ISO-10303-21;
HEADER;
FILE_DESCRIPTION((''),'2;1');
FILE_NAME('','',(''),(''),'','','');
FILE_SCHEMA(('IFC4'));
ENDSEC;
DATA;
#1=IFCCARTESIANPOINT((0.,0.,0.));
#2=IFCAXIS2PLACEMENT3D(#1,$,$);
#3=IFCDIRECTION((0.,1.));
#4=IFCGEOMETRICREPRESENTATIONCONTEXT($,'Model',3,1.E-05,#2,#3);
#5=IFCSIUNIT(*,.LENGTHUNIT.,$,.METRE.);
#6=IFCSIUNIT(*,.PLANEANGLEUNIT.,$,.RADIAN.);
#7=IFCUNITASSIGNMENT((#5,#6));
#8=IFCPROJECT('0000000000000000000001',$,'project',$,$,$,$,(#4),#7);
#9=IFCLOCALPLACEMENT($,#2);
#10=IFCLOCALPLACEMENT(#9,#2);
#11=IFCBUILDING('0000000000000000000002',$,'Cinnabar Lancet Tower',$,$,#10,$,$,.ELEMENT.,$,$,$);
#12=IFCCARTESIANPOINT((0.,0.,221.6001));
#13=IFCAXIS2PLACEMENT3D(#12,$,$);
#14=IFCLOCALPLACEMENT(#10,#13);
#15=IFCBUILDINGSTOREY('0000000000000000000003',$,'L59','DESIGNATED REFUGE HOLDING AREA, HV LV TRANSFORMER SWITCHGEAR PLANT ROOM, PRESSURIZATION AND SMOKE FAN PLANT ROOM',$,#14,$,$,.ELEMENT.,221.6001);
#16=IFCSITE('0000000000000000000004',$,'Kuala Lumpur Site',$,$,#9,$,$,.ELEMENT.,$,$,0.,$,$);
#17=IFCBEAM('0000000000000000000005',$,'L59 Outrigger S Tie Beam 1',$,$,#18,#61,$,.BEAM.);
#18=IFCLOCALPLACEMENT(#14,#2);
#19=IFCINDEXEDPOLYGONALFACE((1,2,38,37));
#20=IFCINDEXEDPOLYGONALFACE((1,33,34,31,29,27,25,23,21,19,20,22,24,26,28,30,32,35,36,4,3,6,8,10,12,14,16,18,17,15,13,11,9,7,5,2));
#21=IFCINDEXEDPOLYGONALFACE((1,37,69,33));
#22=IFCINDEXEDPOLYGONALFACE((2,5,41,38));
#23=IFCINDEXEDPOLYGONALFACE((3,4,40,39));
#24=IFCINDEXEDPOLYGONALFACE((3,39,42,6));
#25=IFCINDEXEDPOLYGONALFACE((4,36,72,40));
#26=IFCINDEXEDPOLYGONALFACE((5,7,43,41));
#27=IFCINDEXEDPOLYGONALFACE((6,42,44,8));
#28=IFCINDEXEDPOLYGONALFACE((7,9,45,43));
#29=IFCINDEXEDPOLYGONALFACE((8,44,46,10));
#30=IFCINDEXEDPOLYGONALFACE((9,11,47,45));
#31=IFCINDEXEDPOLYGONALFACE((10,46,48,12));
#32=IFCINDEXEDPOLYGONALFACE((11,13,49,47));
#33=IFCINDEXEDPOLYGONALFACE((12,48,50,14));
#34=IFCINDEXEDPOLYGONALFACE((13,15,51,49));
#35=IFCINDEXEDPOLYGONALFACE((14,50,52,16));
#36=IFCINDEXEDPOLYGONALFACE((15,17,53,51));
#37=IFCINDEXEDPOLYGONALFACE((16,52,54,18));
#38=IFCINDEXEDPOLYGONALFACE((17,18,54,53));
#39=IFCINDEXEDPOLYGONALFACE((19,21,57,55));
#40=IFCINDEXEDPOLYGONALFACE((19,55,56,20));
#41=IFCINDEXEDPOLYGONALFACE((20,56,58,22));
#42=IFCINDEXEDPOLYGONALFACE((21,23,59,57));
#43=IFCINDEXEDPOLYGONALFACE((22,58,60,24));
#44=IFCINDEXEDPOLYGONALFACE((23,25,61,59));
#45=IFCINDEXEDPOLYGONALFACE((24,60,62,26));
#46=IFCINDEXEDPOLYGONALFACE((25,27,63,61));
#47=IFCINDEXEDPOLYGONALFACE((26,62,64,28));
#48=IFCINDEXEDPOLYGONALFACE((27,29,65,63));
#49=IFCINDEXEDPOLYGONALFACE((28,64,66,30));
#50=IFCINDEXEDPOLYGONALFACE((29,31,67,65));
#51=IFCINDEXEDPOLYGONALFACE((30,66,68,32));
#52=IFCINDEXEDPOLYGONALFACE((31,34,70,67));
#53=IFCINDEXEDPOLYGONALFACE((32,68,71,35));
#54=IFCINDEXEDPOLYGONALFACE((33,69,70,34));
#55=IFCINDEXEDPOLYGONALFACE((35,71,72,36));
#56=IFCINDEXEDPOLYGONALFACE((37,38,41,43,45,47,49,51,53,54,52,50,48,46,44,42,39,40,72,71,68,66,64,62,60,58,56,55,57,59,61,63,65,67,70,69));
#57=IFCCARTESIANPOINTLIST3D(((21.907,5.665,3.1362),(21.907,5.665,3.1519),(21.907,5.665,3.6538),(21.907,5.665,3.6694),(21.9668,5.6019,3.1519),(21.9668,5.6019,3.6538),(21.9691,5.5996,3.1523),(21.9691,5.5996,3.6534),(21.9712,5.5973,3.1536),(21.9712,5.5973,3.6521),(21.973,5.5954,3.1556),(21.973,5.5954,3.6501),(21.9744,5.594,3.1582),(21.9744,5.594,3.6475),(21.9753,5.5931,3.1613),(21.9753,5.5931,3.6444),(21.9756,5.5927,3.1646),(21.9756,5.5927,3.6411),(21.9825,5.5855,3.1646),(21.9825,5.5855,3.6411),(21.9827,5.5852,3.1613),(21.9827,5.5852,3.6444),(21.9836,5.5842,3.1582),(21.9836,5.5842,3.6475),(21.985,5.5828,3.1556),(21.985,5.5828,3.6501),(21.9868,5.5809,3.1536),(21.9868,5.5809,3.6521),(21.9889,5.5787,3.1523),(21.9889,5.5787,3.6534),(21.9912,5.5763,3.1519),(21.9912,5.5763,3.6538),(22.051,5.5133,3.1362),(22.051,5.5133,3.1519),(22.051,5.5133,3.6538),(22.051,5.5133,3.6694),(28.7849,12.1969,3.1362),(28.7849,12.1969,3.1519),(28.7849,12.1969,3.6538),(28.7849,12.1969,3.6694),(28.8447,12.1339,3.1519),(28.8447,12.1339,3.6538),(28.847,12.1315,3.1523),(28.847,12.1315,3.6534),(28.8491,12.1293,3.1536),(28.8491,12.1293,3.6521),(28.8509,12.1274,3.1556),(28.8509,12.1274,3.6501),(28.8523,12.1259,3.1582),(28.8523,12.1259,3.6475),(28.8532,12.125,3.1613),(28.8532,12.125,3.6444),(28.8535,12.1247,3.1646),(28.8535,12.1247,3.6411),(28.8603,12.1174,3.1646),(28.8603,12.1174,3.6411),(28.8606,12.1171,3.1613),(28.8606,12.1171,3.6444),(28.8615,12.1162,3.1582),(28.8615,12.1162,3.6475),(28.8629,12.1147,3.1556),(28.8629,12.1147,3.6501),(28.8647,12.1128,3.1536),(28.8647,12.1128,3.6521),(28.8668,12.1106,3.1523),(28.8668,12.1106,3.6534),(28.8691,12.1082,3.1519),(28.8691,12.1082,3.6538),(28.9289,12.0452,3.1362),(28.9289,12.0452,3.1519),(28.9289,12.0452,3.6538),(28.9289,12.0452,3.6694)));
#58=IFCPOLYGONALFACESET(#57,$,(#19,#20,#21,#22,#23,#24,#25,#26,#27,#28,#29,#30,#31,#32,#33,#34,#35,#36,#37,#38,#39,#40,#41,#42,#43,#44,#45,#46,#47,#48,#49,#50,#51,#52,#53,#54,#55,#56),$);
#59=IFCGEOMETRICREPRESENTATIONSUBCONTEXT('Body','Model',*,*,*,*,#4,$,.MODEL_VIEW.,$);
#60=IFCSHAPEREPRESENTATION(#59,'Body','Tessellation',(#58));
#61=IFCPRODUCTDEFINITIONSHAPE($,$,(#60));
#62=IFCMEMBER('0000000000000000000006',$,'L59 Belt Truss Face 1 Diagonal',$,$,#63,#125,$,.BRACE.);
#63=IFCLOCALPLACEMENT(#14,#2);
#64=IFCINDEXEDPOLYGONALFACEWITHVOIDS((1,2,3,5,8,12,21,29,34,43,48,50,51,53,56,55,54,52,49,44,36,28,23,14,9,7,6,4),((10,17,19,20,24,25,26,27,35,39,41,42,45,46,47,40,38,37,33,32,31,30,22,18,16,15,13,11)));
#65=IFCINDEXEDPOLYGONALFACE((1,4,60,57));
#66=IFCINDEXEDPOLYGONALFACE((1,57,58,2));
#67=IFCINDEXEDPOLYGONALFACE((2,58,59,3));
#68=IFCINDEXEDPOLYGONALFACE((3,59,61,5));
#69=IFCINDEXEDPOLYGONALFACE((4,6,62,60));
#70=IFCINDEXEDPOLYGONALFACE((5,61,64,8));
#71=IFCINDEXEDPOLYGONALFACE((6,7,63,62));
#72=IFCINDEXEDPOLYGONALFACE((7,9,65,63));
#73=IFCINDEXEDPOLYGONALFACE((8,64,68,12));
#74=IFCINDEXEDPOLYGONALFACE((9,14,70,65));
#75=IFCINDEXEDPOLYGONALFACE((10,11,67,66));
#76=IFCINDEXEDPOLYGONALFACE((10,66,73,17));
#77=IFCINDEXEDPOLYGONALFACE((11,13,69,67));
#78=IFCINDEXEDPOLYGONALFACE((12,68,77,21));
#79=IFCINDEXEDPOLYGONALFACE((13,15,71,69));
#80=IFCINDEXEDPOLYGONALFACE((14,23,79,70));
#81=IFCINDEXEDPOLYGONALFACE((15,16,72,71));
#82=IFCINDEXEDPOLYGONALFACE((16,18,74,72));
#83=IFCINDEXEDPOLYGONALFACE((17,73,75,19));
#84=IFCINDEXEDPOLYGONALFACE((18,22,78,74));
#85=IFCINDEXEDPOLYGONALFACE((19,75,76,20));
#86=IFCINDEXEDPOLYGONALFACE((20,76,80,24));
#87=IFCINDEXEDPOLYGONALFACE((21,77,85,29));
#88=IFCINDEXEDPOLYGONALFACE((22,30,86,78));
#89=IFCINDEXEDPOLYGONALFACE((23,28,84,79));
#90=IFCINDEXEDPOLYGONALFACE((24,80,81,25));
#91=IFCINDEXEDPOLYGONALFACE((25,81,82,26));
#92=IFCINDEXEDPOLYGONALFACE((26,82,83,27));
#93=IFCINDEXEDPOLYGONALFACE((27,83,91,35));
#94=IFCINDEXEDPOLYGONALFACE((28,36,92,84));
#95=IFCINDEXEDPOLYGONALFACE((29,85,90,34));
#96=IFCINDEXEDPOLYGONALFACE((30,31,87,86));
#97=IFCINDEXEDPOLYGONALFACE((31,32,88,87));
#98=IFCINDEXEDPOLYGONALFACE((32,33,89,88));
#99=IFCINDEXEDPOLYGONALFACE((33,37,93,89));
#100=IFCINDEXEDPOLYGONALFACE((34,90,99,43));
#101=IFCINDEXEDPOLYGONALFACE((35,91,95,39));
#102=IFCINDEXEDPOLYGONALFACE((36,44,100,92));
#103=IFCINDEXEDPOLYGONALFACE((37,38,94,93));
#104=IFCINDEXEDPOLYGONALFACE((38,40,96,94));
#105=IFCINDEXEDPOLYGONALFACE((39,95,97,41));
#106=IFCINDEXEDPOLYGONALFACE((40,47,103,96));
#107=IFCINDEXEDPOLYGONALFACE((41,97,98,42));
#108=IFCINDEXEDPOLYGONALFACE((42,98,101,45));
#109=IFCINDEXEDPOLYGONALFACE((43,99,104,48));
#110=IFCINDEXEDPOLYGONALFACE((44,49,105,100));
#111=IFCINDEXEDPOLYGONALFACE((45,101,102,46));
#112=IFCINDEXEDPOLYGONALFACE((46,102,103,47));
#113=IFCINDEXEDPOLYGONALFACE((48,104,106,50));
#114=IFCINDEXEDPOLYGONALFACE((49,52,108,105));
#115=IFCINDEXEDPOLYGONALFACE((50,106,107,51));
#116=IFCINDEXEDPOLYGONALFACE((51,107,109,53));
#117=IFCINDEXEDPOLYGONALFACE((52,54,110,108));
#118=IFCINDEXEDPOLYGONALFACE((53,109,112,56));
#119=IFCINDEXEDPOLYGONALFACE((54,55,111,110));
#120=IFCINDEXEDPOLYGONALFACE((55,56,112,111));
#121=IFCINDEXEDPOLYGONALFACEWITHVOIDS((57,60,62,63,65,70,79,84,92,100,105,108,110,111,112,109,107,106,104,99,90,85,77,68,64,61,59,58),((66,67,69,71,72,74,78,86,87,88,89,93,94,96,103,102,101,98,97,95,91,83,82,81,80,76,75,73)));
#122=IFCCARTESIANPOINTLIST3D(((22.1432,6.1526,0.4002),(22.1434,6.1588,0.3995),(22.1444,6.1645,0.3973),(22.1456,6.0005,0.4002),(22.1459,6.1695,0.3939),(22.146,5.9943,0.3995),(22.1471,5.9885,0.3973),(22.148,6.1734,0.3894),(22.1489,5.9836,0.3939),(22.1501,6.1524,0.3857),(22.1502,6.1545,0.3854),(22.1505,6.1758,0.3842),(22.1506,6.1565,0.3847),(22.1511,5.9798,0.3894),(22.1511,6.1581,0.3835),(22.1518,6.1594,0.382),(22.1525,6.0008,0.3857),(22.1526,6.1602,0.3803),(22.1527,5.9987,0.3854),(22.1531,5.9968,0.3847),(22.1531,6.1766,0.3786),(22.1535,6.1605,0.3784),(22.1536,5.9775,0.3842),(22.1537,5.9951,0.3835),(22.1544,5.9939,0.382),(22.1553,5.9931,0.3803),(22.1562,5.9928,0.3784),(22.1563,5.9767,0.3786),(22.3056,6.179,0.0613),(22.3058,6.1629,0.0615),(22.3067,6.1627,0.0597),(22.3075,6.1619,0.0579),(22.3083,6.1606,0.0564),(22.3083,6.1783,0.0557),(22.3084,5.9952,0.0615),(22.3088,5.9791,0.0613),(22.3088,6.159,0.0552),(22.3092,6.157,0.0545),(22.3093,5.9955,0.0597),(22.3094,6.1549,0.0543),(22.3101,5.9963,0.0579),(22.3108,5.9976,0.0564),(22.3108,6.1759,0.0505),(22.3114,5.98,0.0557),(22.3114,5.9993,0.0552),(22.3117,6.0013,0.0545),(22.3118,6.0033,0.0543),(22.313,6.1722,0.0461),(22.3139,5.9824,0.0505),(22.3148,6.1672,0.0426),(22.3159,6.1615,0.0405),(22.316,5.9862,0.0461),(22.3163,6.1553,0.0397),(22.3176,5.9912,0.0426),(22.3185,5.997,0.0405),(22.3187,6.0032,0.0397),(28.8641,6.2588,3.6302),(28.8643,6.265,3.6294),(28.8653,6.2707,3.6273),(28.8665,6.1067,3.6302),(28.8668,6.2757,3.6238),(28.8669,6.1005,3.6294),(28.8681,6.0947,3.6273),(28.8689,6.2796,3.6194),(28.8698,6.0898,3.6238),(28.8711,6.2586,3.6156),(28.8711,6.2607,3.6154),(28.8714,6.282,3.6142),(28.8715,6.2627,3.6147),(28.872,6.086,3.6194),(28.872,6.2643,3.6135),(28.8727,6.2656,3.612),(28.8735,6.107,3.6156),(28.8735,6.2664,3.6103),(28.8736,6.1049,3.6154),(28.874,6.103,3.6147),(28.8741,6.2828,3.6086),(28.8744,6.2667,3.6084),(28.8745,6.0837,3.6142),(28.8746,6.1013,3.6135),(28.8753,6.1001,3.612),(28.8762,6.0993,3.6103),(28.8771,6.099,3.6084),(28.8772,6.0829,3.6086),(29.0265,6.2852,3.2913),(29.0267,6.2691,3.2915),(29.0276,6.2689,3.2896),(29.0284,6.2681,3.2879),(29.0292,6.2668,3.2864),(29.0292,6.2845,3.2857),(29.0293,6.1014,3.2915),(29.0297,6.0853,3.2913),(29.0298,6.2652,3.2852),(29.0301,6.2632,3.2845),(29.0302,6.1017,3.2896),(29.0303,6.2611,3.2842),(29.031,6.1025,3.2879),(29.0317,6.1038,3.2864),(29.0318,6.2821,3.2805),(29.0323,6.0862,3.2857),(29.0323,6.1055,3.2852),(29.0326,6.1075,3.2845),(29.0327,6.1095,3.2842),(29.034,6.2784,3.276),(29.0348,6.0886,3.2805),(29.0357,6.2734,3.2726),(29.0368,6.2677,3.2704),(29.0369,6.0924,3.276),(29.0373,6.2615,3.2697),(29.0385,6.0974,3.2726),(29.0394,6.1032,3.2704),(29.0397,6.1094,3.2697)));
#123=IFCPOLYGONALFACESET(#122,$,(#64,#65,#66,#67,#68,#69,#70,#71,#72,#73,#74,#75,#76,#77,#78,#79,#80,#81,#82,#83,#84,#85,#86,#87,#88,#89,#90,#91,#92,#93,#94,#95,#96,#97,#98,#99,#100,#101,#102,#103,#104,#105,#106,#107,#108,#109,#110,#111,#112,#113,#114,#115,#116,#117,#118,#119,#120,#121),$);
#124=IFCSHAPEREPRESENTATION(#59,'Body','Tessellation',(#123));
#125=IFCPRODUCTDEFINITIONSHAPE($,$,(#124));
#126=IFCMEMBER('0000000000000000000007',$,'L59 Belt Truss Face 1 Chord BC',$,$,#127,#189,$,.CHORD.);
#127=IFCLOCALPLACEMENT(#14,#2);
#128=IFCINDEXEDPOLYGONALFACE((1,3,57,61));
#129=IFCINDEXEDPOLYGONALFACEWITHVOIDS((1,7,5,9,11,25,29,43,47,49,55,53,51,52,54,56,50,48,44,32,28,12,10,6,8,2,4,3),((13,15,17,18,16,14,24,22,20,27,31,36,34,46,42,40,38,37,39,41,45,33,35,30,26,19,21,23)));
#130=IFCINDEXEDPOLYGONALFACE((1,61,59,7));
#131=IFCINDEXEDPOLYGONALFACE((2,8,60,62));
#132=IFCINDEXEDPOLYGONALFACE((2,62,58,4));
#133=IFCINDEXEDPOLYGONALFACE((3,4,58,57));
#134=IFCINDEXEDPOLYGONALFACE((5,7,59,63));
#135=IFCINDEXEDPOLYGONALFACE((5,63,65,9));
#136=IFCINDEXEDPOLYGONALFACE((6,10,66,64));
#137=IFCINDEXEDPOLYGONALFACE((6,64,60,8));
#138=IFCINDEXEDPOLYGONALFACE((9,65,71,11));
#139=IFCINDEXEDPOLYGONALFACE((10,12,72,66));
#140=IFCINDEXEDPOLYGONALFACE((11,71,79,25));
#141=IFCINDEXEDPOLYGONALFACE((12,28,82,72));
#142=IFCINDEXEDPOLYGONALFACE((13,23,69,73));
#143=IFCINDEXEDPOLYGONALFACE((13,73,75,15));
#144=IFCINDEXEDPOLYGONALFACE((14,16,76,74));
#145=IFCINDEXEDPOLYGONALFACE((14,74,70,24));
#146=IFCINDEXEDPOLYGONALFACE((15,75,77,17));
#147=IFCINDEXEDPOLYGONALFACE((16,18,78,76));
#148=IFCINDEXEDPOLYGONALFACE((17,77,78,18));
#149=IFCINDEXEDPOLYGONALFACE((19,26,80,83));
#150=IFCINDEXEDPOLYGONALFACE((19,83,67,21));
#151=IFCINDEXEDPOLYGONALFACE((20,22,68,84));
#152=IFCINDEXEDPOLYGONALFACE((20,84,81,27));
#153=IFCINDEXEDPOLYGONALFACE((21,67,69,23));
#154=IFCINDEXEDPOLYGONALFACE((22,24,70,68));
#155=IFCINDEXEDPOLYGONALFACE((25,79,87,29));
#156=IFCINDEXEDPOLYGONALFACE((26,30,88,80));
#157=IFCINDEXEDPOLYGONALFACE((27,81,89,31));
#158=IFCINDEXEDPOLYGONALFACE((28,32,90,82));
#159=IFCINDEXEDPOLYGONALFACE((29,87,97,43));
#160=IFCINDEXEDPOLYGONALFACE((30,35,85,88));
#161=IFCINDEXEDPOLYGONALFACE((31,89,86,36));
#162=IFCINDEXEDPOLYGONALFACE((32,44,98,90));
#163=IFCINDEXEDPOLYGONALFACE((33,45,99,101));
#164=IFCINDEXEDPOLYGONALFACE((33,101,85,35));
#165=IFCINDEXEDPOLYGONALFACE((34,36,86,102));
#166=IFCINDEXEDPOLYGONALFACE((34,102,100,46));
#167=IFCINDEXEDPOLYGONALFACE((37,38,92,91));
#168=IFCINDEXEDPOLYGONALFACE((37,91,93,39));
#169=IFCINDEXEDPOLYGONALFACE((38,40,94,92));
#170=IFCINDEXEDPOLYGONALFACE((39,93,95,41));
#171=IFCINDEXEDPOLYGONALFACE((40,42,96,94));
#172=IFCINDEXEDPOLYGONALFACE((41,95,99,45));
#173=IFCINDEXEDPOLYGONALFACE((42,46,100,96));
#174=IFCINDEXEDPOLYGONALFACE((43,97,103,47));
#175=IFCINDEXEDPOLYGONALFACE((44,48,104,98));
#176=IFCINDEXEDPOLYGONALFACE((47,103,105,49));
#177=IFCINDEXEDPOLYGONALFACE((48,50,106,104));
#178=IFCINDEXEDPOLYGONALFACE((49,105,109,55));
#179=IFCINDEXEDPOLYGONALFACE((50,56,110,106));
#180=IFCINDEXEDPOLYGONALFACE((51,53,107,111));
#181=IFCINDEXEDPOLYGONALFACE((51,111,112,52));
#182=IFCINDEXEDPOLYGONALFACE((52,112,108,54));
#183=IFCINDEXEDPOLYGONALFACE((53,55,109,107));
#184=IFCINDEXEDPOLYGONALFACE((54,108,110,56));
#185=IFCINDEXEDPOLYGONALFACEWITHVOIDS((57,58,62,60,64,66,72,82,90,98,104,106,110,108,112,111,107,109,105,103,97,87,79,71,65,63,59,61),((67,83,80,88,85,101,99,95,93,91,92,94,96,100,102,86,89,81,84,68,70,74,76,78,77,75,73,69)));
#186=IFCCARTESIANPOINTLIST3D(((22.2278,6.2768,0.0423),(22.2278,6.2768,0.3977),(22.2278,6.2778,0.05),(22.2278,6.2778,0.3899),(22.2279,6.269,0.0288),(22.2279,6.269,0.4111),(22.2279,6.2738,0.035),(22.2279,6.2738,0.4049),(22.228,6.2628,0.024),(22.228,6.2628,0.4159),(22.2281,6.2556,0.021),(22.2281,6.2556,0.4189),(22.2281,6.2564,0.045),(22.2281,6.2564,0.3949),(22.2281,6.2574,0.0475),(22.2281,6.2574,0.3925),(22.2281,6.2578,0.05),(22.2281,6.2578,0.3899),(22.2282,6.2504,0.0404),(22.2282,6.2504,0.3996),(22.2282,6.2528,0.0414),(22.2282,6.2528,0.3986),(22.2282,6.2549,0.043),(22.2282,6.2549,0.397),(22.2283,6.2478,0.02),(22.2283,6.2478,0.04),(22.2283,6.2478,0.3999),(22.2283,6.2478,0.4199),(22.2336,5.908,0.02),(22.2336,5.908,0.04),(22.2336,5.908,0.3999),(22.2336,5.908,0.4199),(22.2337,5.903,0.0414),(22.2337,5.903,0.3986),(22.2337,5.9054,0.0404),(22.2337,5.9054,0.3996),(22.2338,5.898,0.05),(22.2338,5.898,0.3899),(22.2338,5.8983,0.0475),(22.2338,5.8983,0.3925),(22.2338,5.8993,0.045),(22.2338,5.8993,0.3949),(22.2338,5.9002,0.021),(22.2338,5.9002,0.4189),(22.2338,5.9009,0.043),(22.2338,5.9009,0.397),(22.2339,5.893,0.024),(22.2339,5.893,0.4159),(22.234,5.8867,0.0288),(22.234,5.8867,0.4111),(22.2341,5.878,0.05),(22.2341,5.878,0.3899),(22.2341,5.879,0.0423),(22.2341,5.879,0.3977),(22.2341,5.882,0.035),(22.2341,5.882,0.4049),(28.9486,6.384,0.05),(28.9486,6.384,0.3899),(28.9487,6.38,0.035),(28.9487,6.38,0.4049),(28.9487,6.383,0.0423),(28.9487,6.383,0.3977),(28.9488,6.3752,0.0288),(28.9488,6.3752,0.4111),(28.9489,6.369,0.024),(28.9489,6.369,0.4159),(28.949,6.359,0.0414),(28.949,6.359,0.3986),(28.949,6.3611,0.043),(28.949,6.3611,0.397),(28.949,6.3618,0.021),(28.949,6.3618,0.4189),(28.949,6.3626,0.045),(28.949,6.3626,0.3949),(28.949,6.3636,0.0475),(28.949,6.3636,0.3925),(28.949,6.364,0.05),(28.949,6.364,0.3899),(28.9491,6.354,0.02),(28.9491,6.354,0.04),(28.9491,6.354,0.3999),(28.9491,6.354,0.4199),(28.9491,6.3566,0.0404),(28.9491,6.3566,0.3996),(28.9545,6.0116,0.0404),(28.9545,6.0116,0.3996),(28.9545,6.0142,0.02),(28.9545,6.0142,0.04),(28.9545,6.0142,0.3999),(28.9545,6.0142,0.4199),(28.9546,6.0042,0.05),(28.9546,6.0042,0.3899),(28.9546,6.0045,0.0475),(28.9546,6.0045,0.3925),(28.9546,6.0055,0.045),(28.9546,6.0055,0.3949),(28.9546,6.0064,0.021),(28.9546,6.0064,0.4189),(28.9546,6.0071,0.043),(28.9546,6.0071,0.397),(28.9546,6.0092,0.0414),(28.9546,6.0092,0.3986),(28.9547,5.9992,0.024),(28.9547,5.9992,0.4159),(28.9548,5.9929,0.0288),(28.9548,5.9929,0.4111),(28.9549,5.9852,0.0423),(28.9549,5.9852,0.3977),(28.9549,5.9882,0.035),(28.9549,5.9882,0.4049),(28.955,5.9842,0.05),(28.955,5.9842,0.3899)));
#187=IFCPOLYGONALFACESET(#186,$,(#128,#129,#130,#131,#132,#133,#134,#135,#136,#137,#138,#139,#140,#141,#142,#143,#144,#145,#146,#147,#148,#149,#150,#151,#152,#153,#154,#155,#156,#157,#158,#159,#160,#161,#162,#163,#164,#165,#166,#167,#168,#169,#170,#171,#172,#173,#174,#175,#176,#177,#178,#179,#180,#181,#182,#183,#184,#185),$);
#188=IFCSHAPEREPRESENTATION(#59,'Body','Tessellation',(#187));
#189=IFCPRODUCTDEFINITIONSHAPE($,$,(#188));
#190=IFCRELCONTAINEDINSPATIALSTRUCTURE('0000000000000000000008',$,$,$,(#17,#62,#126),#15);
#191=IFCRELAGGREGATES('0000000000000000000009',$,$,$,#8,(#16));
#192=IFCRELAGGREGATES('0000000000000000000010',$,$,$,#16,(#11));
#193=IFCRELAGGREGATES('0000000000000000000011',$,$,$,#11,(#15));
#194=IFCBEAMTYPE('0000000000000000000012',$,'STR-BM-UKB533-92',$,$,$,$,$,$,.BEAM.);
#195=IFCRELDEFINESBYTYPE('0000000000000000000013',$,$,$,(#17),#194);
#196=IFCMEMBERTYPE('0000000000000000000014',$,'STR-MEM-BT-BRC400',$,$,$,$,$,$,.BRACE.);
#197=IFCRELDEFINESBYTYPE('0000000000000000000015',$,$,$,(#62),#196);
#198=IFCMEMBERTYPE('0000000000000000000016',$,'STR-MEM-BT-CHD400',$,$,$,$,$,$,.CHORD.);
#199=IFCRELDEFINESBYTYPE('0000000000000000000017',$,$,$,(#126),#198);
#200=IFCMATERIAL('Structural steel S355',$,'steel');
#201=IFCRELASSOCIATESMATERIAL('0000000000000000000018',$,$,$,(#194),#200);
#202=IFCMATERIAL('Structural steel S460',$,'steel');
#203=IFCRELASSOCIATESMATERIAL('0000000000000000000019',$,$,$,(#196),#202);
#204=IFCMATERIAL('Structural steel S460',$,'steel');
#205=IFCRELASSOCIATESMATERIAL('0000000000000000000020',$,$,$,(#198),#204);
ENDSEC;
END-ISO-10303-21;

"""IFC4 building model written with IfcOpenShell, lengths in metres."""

from ifc_helpers import new_model, si_unit, direction, frame, origin, origin_2d, place, context, subcontext, project, spatial, hollow_rectangle, i_section, extrude, material, material_profile, profile_set, type_object, element, save


model = new_model("IFC4")

# Units and contexts
model_context = context("Model", 3, precision=1e-05, world=origin(), true_north=direction((0.0, 1.0)))
body_context = subcontext(model_context, "Body", "Model", "MODEL_VIEW")
ifc_project = project(units=[si_unit("LENGTHUNIT", "METRE"), si_unit("PLANEANGLEUNIT", "RADIAN")], contexts=[model_context])

# Site, building, storey
site_placement = place(None, origin())
site = spatial("IfcSite", under=ifc_project, at=site_placement, Name="Kuala Lumpur Site", CompositionType="ELEMENT", RefElevation=0.0)
building_placement = place(site_placement, origin())
building = spatial("IfcBuilding", under=site, at=building_placement, Name="Cinnabar Lancet Tower", CompositionType="ELEMENT")
storey_placement = place(building_placement, frame((0.0, 0.0, 221.6001)))
storey = spatial("IfcBuildingStorey", under=building, at=storey_placement, Name="L59", Description="DESIGNATED REFUGE HOLDING AREA, HV LV TRANSFORMER SWITCHGEAR PLANT ROOM, PRESSURIZATION AND SMOKE FAN PLANT ROOM", CompositionType="ELEMENT", Elevation=221.6001)

# Beam
ifc_material_1 = material(Name="Structural steel S355", Category="steel")
ifc_material_profile_1 = material_profile(ifc_material_1, i_section(OverallWidth=0.2092, OverallDepth=0.5332, WebThickness=0.01, FlangeThickness=0.0156, FilletRadius=0.0127, at=origin_2d()), Name="UKB 533x210x92")
ifc_profile_set_1 = profile_set([ifc_material_profile_1], Name="Structural steel S355")
beam_type_1 = type_object("IfcBeamType", Name="STR-BM-UKB533-92", PredefinedType="BEAM", material=ifc_profile_set_1)
beam_1_placement = place(storey_placement, frame((21.979, 5.5891, 3.4028), z_axis=(0.725107, 0.688636, 0.0), x_axis=(-0.688636, 0.725107, 0.0)))
element("IfcBeam", 1, at=beam_1_placement, inside=storey, type_object=beam_type_1, Name="L59 Outrigger S Tie Beam 1", PredefinedType="BEAM", context=body_context, shape_type="SweptSolid", body=[
    extrude(i_section(OverallWidth=0.2092, OverallDepth=0.5332, WebThickness=0.01, FlangeThickness=0.0156, FilletRadius=0.0127, at=origin_2d()), origin(), (0.0, 0.0, 1.0), 9.4854),
])

# Members
ifc_material_2 = material(Name="Structural steel S460", Category="steel")
ifc_material_profile_2 = material_profile(ifc_material_2, hollow_rectangle(XDim=0.2, YDim=0.3999, WallThickness=0.0161, InnerFilletRadius=0.0081, OuterFilletRadius=0.0239, at=origin_2d()), Name="RHS 400x200x16")
ifc_profile_set_2 = profile_set([ifc_material_profile_2], Name="Structural steel S460")
member_type_1 = type_object("IfcMemberType", Name="STR-MEM-BT-BRC400", PredefinedType="BRACE", material=ifc_profile_set_2)
member_placement = place(storey_placement, frame((22.231, 6.0779, 0.22), z_axis=(0.901226, 0.014241, 0.433115), x_axis=(-0.0158, 0.999875, 0.0)))
element("IfcMember", 2, at=member_placement, inside=storey, type_object=member_type_1, Name="L59 Belt Truss Face 1 Diagonal", PredefinedType="BRACE", context=body_context, shape_type="SweptSolid", body=[
    extrude(hollow_rectangle(XDim=0.2, YDim=0.3999, WallThickness=0.0161, InnerFilletRadius=0.0081, OuterFilletRadius=0.0239, at=origin_2d()), origin(), (0.0, 0.0, 1.0), 7.4575),
])
ifc_material_3 = material(Name="Structural steel S460", Category="steel")
ifc_material_profile_3 = material_profile(ifc_material_3, hollow_rectangle(XDim=0.3999, YDim=0.3999, WallThickness=0.02, InnerFilletRadius=0.01, OuterFilletRadius=0.03, at=origin_2d()), Name="SHS 400x400x20")
ifc_profile_set_3 = profile_set([ifc_material_profile_3], Name="Structural steel S460")
member_type_2 = type_object("IfcMemberType", Name="STR-MEM-BT-CHD400", PredefinedType="CHORD", material=ifc_profile_set_3)
for number, where, z_axis, x_axis, name in (
    (3, (22.231, 6.0779, 0.22), (0.999875, 0.0158, 0.0), (-0.0158, 0.999875, 0.0), "L59 Belt Truss Face 1 Chord BC"),
):
    element("IfcMember", number, at=place(storey_placement, frame(where, z_axis=z_axis, x_axis=x_axis)), inside=storey, type_object=member_type_2, Name=name, PredefinedType="CHORD", context=body_context, shape_type="SweptSolid", body=[
        extrude(hollow_rectangle(XDim=0.3999, YDim=0.3999, WallThickness=0.02, InnerFilletRadius=0.01, OuterFilletRadius=0.03, at=origin_2d()), origin(), (0.0, 0.0, 1.0), 6.7217),
    ])

save(model, "model.ifc")
